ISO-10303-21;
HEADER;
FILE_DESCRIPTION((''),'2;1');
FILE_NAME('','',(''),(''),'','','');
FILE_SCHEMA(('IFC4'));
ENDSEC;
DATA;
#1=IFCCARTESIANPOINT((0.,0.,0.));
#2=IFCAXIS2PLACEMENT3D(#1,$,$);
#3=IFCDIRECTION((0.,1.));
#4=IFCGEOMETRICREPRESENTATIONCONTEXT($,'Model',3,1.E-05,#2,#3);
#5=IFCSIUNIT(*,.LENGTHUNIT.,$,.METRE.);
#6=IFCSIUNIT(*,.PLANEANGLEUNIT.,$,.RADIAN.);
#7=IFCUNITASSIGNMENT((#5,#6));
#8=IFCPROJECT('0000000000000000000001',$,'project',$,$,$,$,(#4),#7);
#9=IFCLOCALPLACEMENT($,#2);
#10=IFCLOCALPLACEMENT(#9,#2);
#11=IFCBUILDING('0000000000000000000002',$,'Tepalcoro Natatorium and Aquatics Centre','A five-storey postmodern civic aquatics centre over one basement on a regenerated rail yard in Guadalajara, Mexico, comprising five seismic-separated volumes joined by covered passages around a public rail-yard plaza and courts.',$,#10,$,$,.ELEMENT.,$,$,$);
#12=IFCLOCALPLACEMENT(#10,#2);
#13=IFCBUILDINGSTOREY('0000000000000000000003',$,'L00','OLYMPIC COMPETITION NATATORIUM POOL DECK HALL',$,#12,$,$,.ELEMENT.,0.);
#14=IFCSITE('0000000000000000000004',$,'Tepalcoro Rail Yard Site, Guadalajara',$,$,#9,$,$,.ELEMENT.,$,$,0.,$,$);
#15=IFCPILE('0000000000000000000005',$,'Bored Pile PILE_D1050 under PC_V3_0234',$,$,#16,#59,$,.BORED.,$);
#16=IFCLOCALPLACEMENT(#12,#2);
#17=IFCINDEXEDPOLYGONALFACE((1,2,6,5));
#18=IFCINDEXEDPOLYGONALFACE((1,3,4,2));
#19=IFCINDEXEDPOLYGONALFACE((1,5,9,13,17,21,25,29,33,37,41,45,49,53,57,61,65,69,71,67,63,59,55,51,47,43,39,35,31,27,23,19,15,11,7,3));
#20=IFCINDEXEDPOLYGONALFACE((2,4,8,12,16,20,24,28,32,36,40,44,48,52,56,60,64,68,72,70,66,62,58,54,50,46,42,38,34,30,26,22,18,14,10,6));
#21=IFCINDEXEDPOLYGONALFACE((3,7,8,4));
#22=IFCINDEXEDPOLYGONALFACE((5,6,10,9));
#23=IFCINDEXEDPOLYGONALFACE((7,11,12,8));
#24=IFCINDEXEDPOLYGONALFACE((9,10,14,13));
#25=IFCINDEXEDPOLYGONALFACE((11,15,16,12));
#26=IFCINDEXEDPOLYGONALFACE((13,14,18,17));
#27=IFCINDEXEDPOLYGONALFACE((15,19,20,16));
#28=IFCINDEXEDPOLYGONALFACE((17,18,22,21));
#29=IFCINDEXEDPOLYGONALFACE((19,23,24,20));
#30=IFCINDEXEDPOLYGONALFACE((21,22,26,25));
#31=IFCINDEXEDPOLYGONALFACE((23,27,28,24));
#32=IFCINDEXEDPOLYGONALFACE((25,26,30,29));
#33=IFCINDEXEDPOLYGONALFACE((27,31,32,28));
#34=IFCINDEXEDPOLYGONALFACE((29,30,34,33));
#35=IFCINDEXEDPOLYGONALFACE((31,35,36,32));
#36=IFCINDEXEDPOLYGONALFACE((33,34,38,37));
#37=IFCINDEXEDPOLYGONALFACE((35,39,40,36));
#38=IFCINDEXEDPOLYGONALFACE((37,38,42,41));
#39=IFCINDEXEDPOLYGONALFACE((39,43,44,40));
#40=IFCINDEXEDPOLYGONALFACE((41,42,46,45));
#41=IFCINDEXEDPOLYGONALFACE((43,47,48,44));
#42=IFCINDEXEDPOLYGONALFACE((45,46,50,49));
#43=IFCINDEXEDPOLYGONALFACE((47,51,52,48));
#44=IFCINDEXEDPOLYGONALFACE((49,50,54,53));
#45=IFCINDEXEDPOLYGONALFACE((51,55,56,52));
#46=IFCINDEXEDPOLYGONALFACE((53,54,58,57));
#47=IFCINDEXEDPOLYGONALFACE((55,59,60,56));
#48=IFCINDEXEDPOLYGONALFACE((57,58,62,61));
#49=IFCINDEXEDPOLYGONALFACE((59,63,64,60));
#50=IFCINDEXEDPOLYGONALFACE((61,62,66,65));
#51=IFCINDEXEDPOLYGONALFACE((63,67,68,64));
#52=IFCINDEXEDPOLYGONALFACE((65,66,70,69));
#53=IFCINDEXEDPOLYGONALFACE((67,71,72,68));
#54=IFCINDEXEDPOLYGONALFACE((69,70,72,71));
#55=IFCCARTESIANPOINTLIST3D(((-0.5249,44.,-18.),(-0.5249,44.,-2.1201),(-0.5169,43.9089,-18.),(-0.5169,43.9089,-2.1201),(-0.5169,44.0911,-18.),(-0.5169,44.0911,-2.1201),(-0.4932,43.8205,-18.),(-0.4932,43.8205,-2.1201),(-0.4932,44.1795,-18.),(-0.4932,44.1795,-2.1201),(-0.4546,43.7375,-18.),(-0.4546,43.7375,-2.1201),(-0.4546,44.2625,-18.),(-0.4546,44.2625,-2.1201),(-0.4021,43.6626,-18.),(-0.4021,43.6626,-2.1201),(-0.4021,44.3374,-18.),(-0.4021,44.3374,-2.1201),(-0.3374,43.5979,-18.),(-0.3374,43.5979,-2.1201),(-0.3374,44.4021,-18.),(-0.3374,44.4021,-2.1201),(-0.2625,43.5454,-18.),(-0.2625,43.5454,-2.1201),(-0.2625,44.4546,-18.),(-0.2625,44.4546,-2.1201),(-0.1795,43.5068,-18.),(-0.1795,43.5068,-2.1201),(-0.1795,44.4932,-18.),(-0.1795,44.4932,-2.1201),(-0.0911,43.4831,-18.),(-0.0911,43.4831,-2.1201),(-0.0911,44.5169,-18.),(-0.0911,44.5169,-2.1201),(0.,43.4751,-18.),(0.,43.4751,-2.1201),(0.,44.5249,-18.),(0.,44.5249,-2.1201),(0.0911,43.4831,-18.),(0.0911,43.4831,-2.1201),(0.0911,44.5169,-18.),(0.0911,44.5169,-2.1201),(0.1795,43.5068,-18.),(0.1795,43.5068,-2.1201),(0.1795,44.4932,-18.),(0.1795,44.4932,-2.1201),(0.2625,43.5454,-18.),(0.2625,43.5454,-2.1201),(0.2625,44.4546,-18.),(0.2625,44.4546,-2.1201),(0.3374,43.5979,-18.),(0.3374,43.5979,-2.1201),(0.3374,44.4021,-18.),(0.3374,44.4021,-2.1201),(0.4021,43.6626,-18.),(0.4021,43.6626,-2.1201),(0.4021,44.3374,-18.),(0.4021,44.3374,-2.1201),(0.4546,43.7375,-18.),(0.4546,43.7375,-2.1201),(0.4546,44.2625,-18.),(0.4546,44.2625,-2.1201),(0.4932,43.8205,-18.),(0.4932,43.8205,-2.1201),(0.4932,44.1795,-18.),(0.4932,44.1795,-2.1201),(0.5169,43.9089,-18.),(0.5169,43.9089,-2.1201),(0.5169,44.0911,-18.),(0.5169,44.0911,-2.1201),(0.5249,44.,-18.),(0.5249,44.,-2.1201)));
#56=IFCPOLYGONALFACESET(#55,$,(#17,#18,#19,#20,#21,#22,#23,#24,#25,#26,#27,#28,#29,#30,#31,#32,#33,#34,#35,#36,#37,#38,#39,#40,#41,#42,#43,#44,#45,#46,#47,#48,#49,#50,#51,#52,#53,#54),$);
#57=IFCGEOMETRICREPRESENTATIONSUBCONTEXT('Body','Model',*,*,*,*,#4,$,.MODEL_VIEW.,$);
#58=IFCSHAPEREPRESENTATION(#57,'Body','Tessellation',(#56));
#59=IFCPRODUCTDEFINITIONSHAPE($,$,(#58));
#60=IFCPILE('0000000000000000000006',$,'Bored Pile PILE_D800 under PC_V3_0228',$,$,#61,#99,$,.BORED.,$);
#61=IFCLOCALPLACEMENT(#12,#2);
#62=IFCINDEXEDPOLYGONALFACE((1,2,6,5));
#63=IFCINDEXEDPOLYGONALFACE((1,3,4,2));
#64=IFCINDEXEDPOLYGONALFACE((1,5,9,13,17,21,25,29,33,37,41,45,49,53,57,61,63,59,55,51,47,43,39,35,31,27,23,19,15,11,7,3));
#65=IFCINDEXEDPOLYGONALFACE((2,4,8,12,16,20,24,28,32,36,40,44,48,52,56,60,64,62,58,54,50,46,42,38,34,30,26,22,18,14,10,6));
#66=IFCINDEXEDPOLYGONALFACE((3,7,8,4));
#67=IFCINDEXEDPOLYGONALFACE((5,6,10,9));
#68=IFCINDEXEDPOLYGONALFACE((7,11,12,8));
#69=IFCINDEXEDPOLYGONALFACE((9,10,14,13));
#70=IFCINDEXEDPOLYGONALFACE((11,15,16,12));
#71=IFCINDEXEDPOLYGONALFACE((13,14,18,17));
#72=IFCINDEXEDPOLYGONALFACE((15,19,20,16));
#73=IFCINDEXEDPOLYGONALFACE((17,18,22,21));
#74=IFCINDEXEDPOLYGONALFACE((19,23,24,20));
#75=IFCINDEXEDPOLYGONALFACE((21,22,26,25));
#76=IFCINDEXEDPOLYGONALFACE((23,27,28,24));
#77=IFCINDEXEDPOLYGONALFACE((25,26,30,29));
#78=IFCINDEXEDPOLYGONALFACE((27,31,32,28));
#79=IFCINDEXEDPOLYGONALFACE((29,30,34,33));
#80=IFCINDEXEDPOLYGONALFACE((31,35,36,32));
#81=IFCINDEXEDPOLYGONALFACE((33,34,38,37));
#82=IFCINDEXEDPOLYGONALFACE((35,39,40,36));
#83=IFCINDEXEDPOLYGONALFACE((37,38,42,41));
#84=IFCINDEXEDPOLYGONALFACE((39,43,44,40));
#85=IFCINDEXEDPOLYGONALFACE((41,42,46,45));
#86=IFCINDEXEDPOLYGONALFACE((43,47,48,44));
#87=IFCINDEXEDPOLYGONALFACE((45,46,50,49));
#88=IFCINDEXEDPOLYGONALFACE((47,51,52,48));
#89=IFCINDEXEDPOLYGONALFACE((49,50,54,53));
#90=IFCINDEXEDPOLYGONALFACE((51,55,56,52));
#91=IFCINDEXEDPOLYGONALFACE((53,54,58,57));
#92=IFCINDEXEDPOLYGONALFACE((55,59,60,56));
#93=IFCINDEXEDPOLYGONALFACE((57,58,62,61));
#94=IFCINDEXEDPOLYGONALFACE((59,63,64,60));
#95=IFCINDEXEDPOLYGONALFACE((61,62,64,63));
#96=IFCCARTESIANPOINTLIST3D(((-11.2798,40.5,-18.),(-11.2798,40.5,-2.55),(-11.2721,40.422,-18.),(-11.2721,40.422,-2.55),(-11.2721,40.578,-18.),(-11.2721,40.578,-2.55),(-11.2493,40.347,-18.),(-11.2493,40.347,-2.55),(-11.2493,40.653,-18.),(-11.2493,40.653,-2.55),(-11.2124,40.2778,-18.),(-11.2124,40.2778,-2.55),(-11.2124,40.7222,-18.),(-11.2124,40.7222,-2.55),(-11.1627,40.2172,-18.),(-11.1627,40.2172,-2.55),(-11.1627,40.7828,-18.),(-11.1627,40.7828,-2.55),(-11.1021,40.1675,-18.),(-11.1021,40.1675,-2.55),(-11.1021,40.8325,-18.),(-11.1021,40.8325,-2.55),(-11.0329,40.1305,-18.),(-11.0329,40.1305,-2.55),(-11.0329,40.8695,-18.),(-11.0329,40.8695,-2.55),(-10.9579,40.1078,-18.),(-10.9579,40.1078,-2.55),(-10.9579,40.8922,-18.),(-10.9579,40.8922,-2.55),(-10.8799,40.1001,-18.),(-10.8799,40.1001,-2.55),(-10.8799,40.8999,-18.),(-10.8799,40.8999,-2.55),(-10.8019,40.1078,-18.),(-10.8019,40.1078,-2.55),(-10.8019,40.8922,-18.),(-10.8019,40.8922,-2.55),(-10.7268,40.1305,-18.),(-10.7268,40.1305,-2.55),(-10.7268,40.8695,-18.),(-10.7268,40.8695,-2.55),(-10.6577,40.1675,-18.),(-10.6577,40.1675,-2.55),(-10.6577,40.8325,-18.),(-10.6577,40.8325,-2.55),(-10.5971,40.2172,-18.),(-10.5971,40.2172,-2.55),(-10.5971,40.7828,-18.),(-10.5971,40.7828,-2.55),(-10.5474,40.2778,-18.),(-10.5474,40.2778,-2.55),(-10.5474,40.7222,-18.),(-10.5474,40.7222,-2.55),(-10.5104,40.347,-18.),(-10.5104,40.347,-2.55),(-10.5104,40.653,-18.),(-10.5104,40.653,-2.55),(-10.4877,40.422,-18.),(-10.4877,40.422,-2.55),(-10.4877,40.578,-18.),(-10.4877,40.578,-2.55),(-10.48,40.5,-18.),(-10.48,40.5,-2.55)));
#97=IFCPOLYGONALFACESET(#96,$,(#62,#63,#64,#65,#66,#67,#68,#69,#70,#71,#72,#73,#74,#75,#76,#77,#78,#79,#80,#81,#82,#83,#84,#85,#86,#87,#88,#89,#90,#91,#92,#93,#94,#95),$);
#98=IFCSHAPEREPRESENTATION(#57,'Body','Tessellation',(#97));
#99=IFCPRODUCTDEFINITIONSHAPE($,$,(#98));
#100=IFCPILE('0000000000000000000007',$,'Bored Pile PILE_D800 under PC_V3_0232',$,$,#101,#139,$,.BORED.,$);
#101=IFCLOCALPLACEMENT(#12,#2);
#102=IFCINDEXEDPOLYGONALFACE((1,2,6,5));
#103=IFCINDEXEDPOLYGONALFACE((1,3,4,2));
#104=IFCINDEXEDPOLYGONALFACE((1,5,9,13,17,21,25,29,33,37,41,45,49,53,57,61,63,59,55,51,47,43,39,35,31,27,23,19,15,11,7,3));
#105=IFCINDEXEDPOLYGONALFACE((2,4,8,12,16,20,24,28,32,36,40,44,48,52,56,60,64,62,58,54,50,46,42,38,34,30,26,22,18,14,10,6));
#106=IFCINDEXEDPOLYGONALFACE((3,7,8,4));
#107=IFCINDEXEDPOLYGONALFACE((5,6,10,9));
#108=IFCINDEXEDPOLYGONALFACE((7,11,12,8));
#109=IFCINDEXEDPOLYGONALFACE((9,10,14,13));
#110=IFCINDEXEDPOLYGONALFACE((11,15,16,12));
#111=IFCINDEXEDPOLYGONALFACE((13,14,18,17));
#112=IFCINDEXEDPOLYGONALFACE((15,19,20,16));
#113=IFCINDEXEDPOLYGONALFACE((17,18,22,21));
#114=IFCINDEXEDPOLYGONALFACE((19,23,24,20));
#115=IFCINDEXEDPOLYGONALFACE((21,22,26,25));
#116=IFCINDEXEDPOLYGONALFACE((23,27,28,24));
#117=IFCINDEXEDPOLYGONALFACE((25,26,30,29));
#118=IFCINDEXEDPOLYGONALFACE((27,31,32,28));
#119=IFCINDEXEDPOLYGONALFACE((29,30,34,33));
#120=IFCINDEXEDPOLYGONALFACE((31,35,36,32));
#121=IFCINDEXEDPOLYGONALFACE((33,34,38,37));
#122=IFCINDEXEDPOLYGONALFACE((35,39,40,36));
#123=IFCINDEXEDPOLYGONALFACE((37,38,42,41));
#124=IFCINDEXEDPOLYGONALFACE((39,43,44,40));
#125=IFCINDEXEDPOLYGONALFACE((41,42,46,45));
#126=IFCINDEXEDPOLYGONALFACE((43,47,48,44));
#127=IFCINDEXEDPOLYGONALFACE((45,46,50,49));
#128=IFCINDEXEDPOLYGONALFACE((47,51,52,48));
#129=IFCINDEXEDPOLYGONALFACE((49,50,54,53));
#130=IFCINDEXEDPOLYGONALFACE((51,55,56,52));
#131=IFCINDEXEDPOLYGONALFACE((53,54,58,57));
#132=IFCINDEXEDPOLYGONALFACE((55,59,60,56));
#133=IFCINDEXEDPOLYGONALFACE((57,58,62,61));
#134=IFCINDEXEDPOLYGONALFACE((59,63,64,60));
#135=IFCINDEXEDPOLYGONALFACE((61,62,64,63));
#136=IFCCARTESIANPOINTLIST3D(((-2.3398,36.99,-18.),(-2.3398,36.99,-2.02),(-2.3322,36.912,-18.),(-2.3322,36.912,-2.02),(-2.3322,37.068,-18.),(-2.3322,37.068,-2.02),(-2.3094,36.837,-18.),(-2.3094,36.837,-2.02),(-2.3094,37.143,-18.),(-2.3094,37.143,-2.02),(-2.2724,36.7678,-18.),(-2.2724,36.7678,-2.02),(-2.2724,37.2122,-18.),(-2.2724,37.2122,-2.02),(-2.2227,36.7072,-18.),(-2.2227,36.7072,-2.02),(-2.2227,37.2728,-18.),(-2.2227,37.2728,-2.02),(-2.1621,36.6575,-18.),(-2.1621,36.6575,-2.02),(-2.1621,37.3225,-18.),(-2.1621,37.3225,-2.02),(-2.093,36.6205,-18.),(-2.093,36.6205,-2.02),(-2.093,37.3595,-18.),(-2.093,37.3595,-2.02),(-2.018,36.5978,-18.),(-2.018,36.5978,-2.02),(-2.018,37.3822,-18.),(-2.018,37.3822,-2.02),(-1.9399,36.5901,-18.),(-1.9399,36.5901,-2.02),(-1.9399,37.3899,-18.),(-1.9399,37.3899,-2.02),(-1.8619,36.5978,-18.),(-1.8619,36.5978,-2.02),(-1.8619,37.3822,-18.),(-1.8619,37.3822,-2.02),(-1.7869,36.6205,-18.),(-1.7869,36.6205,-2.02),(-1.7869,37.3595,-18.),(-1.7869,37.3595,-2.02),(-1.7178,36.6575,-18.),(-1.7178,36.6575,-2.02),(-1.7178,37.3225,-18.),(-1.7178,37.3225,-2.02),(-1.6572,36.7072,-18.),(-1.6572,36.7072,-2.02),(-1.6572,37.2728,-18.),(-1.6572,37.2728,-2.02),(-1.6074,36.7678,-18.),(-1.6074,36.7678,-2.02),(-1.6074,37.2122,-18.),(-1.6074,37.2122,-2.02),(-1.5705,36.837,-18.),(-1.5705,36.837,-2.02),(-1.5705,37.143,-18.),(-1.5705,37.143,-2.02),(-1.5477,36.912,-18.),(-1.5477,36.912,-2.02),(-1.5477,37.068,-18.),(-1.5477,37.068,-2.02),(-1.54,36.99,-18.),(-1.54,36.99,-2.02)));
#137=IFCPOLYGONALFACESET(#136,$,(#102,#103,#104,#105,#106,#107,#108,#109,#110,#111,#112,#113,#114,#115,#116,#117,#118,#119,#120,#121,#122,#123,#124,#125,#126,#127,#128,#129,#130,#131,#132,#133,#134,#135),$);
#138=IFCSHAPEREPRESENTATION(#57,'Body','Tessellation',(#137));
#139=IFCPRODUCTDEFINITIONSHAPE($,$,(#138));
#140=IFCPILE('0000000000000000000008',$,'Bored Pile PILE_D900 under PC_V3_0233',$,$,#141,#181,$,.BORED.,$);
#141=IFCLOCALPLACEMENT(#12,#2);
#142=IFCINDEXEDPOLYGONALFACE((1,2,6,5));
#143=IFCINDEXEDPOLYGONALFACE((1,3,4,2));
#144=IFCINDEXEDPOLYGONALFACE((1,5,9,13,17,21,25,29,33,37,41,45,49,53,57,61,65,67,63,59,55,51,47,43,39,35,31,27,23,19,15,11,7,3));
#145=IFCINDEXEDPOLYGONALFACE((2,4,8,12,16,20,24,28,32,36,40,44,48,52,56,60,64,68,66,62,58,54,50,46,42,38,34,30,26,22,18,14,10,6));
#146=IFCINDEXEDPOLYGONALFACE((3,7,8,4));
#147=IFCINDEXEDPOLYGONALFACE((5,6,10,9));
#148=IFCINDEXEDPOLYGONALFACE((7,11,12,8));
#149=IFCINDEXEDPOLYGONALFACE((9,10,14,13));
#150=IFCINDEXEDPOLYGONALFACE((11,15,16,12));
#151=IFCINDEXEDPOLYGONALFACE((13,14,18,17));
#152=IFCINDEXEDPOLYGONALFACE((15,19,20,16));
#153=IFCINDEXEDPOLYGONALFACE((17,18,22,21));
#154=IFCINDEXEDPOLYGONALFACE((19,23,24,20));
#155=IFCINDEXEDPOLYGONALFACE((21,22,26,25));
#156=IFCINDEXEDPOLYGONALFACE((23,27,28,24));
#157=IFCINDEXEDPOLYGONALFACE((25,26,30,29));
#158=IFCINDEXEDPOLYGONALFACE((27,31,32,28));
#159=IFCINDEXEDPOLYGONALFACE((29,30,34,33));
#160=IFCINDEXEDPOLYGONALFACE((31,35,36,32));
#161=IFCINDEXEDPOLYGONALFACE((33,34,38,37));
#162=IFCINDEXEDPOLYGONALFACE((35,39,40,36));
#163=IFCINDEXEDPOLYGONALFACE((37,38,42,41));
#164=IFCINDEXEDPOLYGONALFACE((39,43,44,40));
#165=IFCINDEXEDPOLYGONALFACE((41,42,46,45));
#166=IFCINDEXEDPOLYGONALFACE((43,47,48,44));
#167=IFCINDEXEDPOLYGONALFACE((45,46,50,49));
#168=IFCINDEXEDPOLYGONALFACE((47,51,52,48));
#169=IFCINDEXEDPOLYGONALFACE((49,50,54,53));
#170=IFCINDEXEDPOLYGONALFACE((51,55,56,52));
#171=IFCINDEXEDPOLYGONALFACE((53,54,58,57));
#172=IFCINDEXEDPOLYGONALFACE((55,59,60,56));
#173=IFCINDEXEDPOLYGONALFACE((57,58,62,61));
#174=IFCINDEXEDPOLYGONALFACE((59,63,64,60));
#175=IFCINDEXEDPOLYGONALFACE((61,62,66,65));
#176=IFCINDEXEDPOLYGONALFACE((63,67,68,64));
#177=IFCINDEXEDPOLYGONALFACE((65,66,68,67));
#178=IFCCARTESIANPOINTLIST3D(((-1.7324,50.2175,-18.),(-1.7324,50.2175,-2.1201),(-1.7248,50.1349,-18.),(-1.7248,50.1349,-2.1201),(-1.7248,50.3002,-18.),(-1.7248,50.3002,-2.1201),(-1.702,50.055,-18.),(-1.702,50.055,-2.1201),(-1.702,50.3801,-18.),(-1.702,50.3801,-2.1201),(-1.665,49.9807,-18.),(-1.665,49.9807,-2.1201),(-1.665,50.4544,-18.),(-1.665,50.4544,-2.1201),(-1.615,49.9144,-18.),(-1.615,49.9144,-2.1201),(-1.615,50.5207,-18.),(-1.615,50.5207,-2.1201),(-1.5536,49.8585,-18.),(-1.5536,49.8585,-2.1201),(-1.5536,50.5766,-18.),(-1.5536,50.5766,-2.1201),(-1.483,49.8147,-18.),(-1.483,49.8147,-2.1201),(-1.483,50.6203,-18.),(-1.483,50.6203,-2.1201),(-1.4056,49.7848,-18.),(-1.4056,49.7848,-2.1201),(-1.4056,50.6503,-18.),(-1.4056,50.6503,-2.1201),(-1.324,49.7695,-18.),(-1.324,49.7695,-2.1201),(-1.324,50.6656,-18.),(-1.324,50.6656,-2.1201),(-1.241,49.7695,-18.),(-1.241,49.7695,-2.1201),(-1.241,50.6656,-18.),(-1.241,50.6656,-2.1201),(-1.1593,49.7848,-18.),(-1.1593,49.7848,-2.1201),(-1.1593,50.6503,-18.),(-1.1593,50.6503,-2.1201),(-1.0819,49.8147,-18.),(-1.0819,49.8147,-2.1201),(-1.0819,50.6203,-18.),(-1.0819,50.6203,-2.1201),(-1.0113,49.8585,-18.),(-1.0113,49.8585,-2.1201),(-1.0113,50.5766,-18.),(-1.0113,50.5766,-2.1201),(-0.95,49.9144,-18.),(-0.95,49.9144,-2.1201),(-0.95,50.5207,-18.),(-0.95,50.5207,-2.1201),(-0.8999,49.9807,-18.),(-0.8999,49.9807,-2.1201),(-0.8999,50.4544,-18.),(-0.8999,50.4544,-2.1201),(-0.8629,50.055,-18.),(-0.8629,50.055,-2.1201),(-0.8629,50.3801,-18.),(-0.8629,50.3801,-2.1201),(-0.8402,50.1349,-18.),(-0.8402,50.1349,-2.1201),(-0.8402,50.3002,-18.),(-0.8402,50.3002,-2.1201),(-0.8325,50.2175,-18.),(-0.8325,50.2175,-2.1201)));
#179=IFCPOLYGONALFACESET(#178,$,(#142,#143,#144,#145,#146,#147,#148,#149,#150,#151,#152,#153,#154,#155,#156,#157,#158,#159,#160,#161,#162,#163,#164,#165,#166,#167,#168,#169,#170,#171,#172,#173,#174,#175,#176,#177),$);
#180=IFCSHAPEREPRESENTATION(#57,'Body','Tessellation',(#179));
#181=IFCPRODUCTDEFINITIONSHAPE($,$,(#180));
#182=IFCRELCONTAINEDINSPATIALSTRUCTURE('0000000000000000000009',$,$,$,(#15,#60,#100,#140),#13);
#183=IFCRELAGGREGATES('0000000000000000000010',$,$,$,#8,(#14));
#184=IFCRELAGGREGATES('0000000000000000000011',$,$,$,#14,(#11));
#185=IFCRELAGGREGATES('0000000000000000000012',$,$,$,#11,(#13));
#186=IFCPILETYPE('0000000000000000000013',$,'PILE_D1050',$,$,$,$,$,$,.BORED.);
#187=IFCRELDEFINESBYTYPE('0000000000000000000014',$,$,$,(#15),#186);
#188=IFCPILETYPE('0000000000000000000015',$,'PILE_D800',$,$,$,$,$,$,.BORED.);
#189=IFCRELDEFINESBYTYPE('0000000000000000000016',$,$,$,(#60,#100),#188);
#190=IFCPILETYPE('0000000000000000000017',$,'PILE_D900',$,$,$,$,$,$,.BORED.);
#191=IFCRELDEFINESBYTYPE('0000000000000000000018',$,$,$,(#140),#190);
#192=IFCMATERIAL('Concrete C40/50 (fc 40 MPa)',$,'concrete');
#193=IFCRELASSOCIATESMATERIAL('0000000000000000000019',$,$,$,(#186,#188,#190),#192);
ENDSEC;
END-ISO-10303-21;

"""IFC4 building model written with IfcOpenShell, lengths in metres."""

from ifc_helpers import new_model, si_unit, direction, frame, origin, origin_2d, place, context, subcontext, project, spatial, circle, extrude, material, material_profile, profile_set, type_object, element, save


model = new_model("IFC4")

# Units and contexts
model_context = context("Model", 3, precision=1e-05, world=origin(), true_north=direction((0.0, 1.0)))
body_context = subcontext(model_context, "Body", "Model", "MODEL_VIEW")
ifc_project = project(units=[si_unit("LENGTHUNIT", "METRE"), si_unit("PLANEANGLEUNIT", "RADIAN")], contexts=[model_context])

# Site, building, storey
site_placement = place(None, origin())
site = spatial("IfcSite", under=ifc_project, at=site_placement, Name="Tepalcoro Rail Yard Site, Guadalajara", CompositionType="ELEMENT", RefElevation=0.0)
building_placement = place(site_placement, origin())
building = spatial("IfcBuilding", under=site, at=building_placement, Name="Tepalcoro Natatorium and Aquatics Centre", Description="A five-storey postmodern civic aquatics centre over one basement on a regenerated rail yard in Guadalajara, Mexico, comprising five seismic-separated volumes joined by covered passages around a public rail-yard plaza and courts.", CompositionType="ELEMENT")
storey_placement = place(building_placement, origin())
storey = spatial("IfcBuildingStorey", under=building, at=storey_placement, Name="L00", Description="OLYMPIC COMPETITION NATATORIUM POOL DECK HALL", CompositionType="ELEMENT", Elevation=0.0)

# Piles
ifc_material_1 = material(Name="Concrete C40/50 (fc 40 MPa)", Category="concrete")
ifc_material_profile_1 = material_profile(ifc_material_1, circle(Radius=0.5249, at=origin_2d()), Name="PILE_D1050")
ifc_profile_set_1 = profile_set([ifc_material_profile_1], Name="Concrete C40/50 (fc 40 MPa)")
pile_type_1 = type_object("IfcPileType", Name="PILE_D1050", PredefinedType="BORED", material=ifc_profile_set_1)
pile_1_placement = place(storey_placement, frame((0.0, 44.0, -2.1201), z_axis=(0.0, 0.0, -1.0), x_axis=(1.0, 0.0, 0.0)))
element("IfcPile", 1, at=pile_1_placement, inside=storey, type_object=pile_type_1, Name="Bored Pile PILE_D1050 under PC_V3_0234", PredefinedType="BORED", context=body_context, shape_type="SweptSolid", body=[
    extrude(circle(Radius=0.5249, at=origin_2d()), origin(), (0.0, 0.0, 1.0), 15.8799),
])
ifc_material_profile_2 = material_profile(ifc_material_1, circle(Radius=0.3999, at=origin_2d()), Name="PILE_D800")
ifc_profile_set_2 = profile_set([ifc_material_profile_2], Name="Concrete C40/50 (fc 40 MPa)")
pile_type_2 = type_object("IfcPileType", Name="PILE_D800", PredefinedType="BORED", material=ifc_profile_set_2)
pile_2_placement = place(storey_placement, frame((-10.8799, 40.5, -2.55), z_axis=(0.0, 0.0, -1.0), x_axis=(1.0, 0.0, 0.0)))
element("IfcPile", 2, at=pile_2_placement, inside=storey, type_object=pile_type_2, Name="Bored Pile PILE_D800 under PC_V3_0228", PredefinedType="BORED", context=body_context, shape_type="SweptSolid", body=[
    extrude(circle(Radius=0.3999, at=origin_2d()), origin(), (0.0, 0.0, 1.0), 15.45),
])
pile_3_placement = place(storey_placement, frame((-1.9399, 36.99, -2.02), z_axis=(0.0, 0.0, -1.0), x_axis=(1.0, 0.0, 0.0)))
element("IfcPile", 3, at=pile_3_placement, inside=storey, type_object=pile_type_2, Name="Bored Pile PILE_D800 under PC_V3_0232", PredefinedType="BORED", context=body_context, shape_type="SweptSolid", body=[
    extrude(circle(Radius=0.3999, at=origin_2d()), origin(), (0.0, 0.0, 1.0), 15.98),
])
ifc_material_profile_3 = material_profile(ifc_material_1, circle(Radius=0.45, at=origin_2d()), Name="PILE_D900")
ifc_profile_set_3 = profile_set([ifc_material_profile_3], Name="Concrete C40/50 (fc 40 MPa)")
pile_type_3 = type_object("IfcPileType", Name="PILE_D900", PredefinedType="BORED", material=ifc_profile_set_3)
for number, where, z_axis, x_axis, name in (
    (4, (-1.2825, 50.2175, -2.1201), (0.0, 0.0, -1.0), (1.0, 0.0, 0.0), "Bored Pile PILE_D900 under PC_V3_0233"),
):
    element("IfcPile", number, at=place(storey_placement, frame(where, z_axis=z_axis, x_axis=x_axis)), inside=storey, type_object=pile_type_3, Name=name, PredefinedType="BORED", context=body_context, shape_type="SweptSolid", body=[
        extrude(circle(Radius=0.45, at=origin_2d()), origin(), (0.0, 0.0, 1.0), 15.8799),
    ])

save(model, "model.ifc")
